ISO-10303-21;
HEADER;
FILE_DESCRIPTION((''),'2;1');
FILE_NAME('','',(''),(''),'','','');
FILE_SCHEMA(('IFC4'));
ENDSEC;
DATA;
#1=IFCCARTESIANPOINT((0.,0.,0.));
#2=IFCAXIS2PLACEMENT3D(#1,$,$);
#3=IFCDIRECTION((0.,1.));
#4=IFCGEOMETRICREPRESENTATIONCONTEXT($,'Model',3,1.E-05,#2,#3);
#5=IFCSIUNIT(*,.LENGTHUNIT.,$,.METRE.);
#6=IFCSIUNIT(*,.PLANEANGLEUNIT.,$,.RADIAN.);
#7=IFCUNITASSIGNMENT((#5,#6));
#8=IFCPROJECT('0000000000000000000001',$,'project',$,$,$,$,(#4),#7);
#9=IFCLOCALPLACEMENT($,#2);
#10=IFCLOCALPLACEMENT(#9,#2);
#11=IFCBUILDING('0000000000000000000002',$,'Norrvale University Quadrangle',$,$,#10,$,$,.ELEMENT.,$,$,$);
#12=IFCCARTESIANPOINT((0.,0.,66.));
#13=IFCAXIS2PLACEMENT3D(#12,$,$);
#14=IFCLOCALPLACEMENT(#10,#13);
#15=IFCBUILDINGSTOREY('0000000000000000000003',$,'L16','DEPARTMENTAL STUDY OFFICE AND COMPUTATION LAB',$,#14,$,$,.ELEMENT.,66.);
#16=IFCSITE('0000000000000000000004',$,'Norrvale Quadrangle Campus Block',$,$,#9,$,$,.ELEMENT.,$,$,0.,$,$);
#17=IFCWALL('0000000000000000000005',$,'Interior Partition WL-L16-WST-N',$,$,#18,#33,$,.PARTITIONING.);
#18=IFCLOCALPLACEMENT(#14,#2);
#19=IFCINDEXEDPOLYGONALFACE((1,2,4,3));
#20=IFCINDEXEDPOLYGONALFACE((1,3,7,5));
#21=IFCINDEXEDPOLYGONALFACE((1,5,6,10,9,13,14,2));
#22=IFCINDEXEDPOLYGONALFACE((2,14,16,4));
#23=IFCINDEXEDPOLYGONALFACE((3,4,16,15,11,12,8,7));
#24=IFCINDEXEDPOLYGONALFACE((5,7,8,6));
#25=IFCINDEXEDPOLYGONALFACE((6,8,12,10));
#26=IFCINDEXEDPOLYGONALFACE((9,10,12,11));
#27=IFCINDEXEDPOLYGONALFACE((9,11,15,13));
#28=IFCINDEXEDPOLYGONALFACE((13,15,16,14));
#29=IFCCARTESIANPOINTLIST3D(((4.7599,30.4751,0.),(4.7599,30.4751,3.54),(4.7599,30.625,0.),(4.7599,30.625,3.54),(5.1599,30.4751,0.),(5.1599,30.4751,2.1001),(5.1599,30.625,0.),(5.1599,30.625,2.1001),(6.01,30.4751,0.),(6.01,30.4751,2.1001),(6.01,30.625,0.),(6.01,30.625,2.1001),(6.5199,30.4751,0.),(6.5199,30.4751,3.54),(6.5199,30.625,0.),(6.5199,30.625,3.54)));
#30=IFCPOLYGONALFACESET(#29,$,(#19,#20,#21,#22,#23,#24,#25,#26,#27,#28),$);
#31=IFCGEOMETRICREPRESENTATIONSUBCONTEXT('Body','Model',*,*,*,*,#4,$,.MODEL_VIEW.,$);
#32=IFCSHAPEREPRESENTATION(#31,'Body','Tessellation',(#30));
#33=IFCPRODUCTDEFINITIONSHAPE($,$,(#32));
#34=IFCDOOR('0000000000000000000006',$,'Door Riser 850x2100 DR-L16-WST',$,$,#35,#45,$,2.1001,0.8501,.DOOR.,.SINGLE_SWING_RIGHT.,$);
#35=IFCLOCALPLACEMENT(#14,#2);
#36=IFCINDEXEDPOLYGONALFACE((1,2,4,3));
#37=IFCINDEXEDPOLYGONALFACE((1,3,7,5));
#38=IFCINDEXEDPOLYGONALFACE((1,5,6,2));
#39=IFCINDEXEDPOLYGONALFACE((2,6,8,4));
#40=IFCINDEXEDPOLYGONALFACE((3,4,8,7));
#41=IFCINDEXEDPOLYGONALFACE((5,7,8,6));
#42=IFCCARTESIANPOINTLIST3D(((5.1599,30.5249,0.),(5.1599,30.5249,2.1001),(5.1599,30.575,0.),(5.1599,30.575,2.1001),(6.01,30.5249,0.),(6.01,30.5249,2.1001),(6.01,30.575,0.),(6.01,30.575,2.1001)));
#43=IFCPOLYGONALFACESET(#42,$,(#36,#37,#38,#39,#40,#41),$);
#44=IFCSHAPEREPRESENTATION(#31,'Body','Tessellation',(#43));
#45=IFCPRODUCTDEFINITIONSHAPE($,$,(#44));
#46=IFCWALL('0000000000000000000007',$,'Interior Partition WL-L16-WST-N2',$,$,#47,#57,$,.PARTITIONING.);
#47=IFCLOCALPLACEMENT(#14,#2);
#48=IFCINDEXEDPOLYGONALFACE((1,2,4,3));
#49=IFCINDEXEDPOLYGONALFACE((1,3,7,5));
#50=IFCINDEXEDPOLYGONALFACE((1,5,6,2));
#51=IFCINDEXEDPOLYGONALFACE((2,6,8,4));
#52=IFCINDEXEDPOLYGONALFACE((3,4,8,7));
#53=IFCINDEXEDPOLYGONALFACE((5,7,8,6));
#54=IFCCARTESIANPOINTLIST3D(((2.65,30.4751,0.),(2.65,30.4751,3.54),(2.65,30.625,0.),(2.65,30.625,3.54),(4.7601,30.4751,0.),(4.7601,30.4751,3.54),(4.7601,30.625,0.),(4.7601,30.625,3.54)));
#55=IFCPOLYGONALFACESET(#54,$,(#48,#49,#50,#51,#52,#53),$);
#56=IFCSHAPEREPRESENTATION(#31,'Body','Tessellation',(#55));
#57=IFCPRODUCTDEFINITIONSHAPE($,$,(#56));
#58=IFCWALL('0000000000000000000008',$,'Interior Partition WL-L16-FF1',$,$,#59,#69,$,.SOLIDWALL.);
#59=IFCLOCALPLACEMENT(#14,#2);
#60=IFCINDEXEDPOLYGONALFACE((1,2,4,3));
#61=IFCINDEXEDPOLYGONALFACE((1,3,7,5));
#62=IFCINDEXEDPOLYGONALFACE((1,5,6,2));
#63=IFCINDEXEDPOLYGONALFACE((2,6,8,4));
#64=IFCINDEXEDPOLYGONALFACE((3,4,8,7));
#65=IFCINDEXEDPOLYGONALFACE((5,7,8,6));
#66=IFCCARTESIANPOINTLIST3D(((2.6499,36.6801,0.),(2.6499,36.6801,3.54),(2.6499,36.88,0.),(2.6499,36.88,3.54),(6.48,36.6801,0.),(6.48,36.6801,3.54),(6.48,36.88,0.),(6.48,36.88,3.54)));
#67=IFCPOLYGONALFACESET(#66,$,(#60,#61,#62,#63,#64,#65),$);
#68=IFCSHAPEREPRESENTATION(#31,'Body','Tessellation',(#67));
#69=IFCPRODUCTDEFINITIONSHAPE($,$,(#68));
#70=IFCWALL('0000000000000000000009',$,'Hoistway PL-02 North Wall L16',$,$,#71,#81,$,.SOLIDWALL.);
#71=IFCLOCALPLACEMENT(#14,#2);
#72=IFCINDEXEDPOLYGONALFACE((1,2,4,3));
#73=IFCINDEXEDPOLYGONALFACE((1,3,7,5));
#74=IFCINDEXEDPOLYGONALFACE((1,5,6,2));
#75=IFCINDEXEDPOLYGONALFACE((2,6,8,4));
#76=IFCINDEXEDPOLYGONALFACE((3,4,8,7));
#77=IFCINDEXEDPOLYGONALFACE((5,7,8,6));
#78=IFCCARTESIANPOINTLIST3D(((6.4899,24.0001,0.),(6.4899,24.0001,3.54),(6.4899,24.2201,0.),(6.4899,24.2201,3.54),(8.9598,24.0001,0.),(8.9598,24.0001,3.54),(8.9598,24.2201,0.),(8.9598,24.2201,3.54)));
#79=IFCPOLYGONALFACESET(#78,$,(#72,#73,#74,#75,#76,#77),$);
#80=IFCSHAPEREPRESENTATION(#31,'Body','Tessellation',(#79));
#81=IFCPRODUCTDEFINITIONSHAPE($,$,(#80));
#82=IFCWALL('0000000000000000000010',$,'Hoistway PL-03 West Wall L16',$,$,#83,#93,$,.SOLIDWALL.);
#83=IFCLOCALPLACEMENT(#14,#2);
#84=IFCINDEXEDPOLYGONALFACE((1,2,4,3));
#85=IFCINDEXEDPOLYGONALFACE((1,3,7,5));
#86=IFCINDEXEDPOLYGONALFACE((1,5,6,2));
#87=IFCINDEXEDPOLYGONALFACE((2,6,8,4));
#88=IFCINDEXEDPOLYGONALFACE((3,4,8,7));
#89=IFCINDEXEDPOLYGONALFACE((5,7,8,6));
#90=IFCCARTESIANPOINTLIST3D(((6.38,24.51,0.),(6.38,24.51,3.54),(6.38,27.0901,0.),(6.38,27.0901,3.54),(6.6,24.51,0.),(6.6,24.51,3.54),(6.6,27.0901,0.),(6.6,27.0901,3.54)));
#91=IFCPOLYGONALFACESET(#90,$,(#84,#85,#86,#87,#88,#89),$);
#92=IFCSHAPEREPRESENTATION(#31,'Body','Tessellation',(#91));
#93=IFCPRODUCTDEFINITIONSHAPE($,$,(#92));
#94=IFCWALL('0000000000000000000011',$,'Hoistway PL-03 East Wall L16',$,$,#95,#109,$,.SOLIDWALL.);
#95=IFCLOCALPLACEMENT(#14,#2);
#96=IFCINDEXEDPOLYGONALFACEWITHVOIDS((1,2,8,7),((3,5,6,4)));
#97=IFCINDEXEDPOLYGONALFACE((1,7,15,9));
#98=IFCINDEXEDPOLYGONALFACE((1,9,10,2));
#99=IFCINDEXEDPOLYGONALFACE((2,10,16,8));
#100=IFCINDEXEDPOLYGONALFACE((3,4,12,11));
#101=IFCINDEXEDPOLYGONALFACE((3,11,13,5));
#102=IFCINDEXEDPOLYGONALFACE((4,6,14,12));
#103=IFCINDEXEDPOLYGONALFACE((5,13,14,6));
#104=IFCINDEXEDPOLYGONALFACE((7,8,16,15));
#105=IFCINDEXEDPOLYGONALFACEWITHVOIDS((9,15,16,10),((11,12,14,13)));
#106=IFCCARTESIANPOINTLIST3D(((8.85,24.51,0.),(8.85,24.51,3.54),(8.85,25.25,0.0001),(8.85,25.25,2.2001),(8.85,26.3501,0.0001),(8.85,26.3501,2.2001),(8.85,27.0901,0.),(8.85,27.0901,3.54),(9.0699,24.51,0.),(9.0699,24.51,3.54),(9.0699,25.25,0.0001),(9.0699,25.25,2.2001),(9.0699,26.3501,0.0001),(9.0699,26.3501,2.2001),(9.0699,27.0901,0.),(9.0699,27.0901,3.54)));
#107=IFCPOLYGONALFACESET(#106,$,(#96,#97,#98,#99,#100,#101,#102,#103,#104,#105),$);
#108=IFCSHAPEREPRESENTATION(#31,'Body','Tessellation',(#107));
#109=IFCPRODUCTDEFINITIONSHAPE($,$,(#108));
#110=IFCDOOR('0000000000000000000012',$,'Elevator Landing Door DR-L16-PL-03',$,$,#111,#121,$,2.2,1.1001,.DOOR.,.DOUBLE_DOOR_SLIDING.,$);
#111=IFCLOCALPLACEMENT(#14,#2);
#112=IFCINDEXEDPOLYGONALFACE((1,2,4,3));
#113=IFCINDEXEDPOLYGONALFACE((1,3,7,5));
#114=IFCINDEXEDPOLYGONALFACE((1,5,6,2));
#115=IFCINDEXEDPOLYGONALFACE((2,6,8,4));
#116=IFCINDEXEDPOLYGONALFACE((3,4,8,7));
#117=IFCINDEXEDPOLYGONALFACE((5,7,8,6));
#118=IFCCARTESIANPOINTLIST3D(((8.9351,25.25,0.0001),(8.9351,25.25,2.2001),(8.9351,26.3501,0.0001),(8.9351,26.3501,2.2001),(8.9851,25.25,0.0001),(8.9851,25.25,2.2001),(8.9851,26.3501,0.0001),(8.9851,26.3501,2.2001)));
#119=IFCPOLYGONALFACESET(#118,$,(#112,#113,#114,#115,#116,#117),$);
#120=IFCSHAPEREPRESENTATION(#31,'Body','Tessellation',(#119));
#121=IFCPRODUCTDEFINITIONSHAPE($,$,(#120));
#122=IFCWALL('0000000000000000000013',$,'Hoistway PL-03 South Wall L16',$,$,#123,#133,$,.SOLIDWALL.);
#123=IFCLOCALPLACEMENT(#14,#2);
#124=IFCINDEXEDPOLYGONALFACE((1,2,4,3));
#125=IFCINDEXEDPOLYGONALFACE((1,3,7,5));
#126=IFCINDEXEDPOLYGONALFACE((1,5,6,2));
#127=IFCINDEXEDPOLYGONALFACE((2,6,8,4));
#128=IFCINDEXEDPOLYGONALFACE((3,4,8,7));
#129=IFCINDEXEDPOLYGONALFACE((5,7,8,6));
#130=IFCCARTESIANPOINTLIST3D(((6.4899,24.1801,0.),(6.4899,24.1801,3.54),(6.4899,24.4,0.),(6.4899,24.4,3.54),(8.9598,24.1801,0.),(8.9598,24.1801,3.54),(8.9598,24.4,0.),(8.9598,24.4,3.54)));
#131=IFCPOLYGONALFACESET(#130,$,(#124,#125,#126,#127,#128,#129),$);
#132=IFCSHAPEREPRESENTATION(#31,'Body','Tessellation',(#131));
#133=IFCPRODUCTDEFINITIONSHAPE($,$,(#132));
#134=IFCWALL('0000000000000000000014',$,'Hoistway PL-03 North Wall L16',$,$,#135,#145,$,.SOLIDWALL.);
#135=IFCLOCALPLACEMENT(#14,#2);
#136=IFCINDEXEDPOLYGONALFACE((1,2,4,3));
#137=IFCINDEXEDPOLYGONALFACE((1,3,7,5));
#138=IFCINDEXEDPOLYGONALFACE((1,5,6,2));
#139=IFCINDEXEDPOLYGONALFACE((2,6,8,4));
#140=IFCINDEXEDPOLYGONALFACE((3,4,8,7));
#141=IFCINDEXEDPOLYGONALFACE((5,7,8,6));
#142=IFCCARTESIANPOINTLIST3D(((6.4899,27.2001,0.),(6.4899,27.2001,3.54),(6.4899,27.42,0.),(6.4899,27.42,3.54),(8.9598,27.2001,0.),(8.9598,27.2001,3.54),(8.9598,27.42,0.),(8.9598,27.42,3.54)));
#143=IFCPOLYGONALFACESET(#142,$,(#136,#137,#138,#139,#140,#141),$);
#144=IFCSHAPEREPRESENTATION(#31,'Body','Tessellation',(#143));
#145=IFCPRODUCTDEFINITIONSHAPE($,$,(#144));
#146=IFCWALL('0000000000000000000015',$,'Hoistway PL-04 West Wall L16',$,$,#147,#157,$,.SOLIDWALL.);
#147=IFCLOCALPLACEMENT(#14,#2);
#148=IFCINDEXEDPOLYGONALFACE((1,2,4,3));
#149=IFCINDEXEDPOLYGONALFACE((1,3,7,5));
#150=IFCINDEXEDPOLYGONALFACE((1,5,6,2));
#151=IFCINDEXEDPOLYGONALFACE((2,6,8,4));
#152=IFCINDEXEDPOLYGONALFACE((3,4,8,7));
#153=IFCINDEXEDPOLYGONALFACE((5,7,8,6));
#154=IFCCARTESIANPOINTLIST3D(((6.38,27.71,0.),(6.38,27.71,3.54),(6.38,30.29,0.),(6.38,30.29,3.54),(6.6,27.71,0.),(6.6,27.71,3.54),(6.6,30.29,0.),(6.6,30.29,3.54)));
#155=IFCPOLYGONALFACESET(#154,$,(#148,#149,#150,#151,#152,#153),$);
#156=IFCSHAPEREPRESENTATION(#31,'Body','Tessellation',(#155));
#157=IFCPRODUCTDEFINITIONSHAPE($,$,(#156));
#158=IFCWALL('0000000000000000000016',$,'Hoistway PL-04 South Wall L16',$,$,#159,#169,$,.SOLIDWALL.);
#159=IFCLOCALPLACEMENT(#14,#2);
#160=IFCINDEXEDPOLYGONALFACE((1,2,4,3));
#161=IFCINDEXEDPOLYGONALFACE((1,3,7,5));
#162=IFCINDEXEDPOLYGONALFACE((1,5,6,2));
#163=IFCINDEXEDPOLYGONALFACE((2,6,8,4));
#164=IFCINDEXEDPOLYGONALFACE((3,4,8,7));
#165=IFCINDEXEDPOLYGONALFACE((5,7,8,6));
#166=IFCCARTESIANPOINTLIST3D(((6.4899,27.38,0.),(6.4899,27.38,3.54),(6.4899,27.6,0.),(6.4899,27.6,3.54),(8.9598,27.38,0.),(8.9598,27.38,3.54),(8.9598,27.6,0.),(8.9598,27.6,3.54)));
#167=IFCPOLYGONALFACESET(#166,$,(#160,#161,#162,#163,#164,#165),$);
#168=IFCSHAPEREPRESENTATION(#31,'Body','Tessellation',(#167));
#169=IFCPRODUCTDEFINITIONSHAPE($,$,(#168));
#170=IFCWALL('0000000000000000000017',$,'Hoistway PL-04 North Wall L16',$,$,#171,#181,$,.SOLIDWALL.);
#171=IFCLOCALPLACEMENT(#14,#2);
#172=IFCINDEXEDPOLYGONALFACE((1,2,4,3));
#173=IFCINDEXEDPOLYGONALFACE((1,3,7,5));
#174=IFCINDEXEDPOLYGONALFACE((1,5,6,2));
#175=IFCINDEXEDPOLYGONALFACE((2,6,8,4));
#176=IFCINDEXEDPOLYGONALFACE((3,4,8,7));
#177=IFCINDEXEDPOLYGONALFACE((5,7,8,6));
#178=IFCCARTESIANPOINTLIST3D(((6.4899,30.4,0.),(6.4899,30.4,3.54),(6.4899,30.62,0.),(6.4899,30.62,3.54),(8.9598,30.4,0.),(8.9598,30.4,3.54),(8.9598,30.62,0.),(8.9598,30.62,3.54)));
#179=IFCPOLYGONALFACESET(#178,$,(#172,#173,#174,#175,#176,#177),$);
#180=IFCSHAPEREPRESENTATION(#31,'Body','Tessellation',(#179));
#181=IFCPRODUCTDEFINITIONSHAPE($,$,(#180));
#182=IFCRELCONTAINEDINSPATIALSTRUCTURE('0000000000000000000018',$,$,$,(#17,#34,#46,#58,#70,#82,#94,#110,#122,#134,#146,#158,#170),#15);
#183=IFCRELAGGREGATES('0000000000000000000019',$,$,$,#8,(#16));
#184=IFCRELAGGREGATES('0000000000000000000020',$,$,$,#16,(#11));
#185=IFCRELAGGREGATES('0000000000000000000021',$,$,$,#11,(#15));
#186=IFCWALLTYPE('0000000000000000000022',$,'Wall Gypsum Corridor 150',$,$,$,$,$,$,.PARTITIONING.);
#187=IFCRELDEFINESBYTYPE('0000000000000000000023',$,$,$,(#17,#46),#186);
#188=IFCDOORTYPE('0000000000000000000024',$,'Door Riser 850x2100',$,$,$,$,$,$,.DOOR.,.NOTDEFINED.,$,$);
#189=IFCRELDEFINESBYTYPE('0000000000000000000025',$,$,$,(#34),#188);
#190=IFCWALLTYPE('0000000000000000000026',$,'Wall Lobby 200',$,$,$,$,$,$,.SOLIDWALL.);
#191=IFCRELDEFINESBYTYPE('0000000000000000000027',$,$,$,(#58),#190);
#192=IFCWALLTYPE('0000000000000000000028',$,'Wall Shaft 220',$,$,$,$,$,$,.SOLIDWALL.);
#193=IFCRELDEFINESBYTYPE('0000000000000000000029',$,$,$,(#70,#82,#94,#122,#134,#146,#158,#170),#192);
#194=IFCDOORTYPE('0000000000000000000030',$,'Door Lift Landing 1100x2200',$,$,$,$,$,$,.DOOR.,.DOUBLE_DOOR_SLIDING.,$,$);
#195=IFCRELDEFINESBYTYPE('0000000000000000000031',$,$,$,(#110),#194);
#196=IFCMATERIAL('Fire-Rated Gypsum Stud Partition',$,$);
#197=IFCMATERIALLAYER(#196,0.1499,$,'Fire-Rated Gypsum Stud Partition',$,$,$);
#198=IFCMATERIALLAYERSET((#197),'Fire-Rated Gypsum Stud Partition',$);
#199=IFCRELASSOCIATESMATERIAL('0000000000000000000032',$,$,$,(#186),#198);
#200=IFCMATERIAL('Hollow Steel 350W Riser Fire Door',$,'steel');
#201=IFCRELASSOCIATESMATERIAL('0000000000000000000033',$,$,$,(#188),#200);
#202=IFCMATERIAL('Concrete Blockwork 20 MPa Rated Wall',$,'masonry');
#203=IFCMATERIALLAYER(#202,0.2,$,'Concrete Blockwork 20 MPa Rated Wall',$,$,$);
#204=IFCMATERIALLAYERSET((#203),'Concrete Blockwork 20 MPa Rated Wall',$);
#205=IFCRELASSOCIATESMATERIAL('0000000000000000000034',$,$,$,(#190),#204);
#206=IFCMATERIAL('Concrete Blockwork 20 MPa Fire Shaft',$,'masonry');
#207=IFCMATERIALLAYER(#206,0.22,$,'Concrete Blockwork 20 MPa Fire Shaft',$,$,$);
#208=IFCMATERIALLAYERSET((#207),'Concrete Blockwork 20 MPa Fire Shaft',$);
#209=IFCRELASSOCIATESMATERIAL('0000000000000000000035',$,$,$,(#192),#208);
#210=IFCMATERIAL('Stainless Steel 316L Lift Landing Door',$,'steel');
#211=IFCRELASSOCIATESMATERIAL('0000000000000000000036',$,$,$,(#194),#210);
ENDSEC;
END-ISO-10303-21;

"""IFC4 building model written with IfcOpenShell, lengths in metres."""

from ifc_helpers import new_model, si_unit, direction, frame, frame_2d, origin, place, context, subcontext, project, spatial, rectangle, extrude, material, layer, layer_set, type_object, element, fill, save


model = new_model("IFC4")

# Units and contexts
model_context = context("Model", 3, precision=1e-05, world=origin(), true_north=direction((0.0, 1.0)))
body_context = subcontext(model_context, "Body", "Model", "MODEL_VIEW")
ifc_project = project(units=[si_unit("LENGTHUNIT", "METRE"), si_unit("PLANEANGLEUNIT", "RADIAN")], contexts=[model_context])

# Site, building, storey
site_placement = place(None, origin())
site = spatial("IfcSite", under=ifc_project, at=site_placement, Name="Norrvale Quadrangle Campus Block", CompositionType="ELEMENT", RefElevation=0.0)
building_placement = place(site_placement, origin())
building = spatial("IfcBuilding", under=site, at=building_placement, Name="Norrvale University Quadrangle", CompositionType="ELEMENT")
storey_placement = place(building_placement, frame((0.0, 0.0, 66.0)))
storey = spatial("IfcBuildingStorey", under=building, at=storey_placement, Name="L16", Description="DEPARTMENTAL STUDY OFFICE AND COMPUTATION LAB", CompositionType="ELEMENT", Elevation=66.0)

# Wall, opening, door
ifc_material_1 = material(Name="Fire-Rated Gypsum Stud Partition")
ifc_layer_1 = layer(ifc_material_1, 0.1499, Name="Fire-Rated Gypsum Stud Partition")
ifc_layer_set_1 = layer_set([ifc_layer_1], Name="Fire-Rated Gypsum Stud Partition")
wall_type_1 = type_object("IfcWallType", Name="Wall Gypsum Corridor 150", PredefinedType="PARTITIONING", material=ifc_layer_set_1)
ifc_material_2 = material(Name="Hollow Steel 350W Riser Fire Door", Category="steel")
door_type_1 = type_object("IfcDoorType", Name="Door Riser 850x2100", OperationType="NOTDEFINED", PredefinedType="DOOR", material=ifc_material_2)
wall_1_placement = place(storey_placement, frame((4.76, 30.55, 0.0), z_axis=(0.0, 0.0, 1.0), x_axis=(1.0, 0.0, 0.0)))
wall_1 = element("IfcWall", 1, at=wall_1_placement, inside=storey, type_object=wall_type_1, Name="Interior Partition WL-L16-WST-N", PredefinedType="PARTITIONING", context=body_context, shape_type="SweptSolid", body=[
    extrude(rectangle(XDim=1.76, YDim=0.1499, at=frame_2d((0.8799, 0.0))), origin(), (0.0, 0.0, 1.0), 3.54),
])
opening_1_placement = place(wall_1_placement, frame((0.3999, 0.0, 0.0)))
opening_1 = element("IfcOpeningElement", 2, at=opening_1_placement, cuts=wall_1, PredefinedType="OPENING", context=body_context, shape_type="SweptSolid", body=[
    extrude(rectangle(XDim=0.8501, YDim=2.1001, at=frame_2d((0.425, 1.05))), frame((0.0, 0.0869, 0.0), z_axis=(0.0, -1.0, 0.0), x_axis=(1.0, 0.0, 0.0)), (0.0, 0.0, 1.0), 0.1738),
])
door_1_placement = place(opening_1_placement, origin())
door_1 = element("IfcDoor", 3, at=door_1_placement, inside=storey, type_object=door_type_1, Name="Door Riser 850x2100 DR-L16-WST", OperationType="SINGLE_SWING_RIGHT", OverallHeight=2.1001, OverallWidth=0.8501, PredefinedType="DOOR", context=body_context, shape_type="SweptSolid", body=[
    extrude(rectangle(XDim=0.8501, YDim=2.1001, at=frame_2d((0.425, 1.05))), frame((0.0, 0.0249, 0.0), z_axis=(0.0, -1.0, 0.0), x_axis=(1.0, 0.0, 0.0)), (0.0, 0.0, 1.0), 0.05),
])
fill(opening_1, door_1)

# Walls
wall_2_placement = place(storey_placement, frame((2.6499, 30.55, 0.0), z_axis=(0.0, 0.0, 1.0), x_axis=(1.0, 0.0, 0.0)))
element("IfcWall", 4, at=wall_2_placement, inside=storey, type_object=wall_type_1, Name="Interior Partition WL-L16-WST-N2", PredefinedType="PARTITIONING", context=body_context, shape_type="SweptSolid", body=[
    extrude(rectangle(XDim=2.1101, YDim=0.1499, at=frame_2d((1.0552, 0.0))), origin(), (0.0, 0.0, 1.0), 3.54),
])
ifc_material_3 = material(Name="Concrete Blockwork 20 MPa Rated Wall", Category="masonry")
ifc_layer_2 = layer(ifc_material_3, 0.2, Name="Concrete Blockwork 20 MPa Rated Wall")
ifc_layer_set_2 = layer_set([ifc_layer_2], Name="Concrete Blockwork 20 MPa Rated Wall")
wall_type_2 = type_object("IfcWallType", Name="Wall Lobby 200", PredefinedType="SOLIDWALL", material=ifc_layer_set_2)
wall_3_placement = place(storey_placement, frame((2.6499, 36.78, 0.0), z_axis=(0.0, 0.0, 1.0), x_axis=(1.0, 0.0, 0.0)))
element("IfcWall", 5, at=wall_3_placement, inside=storey, type_object=wall_type_2, Name="Interior Partition WL-L16-FF1", PredefinedType="SOLIDWALL", context=body_context, shape_type="SweptSolid", body=[
    extrude(rectangle(XDim=3.8301, YDim=0.2, at=frame_2d((1.915, 0.0))), origin(), (0.0, 0.0, 1.0), 3.54),
])
ifc_material_4 = material(Name="Concrete Blockwork 20 MPa Fire Shaft", Category="masonry")
ifc_layer_3 = layer(ifc_material_4, 0.22, Name="Concrete Blockwork 20 MPa Fire Shaft")
ifc_layer_set_3 = layer_set([ifc_layer_3], Name="Concrete Blockwork 20 MPa Fire Shaft")
wall_type_3 = type_object("IfcWallType", Name="Wall Shaft 220", PredefinedType="SOLIDWALL", material=ifc_layer_set_3)
wall_4_placement = place(storey_placement, frame((6.49, 24.1101, 0.0), z_axis=(0.0, 0.0, 1.0), x_axis=(1.0, 0.0, 0.0)))
element("IfcWall", 6, at=wall_4_placement, inside=storey, type_object=wall_type_3, Name="Hoistway PL-02 North Wall L16", PredefinedType="SOLIDWALL", context=body_context, shape_type="SweptSolid", body=[
    extrude(rectangle(XDim=2.47, YDim=0.22, at=frame_2d((1.2349, 0.0))), origin(), (0.0, 0.0, 1.0), 3.54),
])
wall_5_placement = place(storey_placement, frame((6.49, 24.51, 0.0), z_axis=(0.0, 0.0, 1.0), x_axis=(0.0, 1.0, 0.0)))
element("IfcWall", 7, at=wall_5_placement, inside=storey, type_object=wall_type_3, Name="Hoistway PL-03 West Wall L16", PredefinedType="SOLIDWALL", context=body_context, shape_type="SweptSolid", body=[
    extrude(rectangle(XDim=2.5801, YDim=0.22, at=frame_2d((1.29, 0.0))), origin(), (0.0, 0.0, 1.0), 3.54),
])

# Wall, opening, door
wall_6_placement = place(storey_placement, frame((8.96, 24.51, 0.0), z_axis=(0.0, 0.0, 1.0), x_axis=(0.0, 1.0, 0.0)))
wall_6 = element("IfcWall", 8, at=wall_6_placement, inside=storey, type_object=wall_type_3, Name="Hoistway PL-03 East Wall L16", PredefinedType="SOLIDWALL", context=body_context, shape_type="SweptSolid", body=[
    extrude(rectangle(XDim=2.5801, YDim=0.22, at=frame_2d((1.29, 0.0))), origin(), (0.0, 0.0, 1.0), 3.54),
])
opening_2_placement = place(wall_6_placement, frame((0.74, 0.0, 0.0)))
opening_2 = element("IfcOpeningElement", 9, at=opening_2_placement, cuts=wall_6, PredefinedType="OPENING", context=body_context, shape_type="SweptSolid", body=[
    extrude(rectangle(XDim=1.1001, YDim=2.2, at=frame_2d((0.55, 1.1001))), frame((0.0, 0.1221, 0.0), z_axis=(0.0, -1.0, 0.0), x_axis=(1.0, 0.0, 0.0)), (0.0, 0.0, 1.0), 0.2439),
])
ifc_material_5 = material(Name="Stainless Steel 316L Lift Landing Door", Category="steel")
door_type_2 = type_object("IfcDoorType", Name="Door Lift Landing 1100x2200", OperationType="DOUBLE_DOOR_SLIDING", PredefinedType="DOOR", material=ifc_material_5)
door_2_placement = place(opening_2_placement, origin())
door_2 = element("IfcDoor", 10, at=door_2_placement, inside=storey, type_object=door_type_2, Name="Elevator Landing Door DR-L16-PL-03", OperationType="DOUBLE_DOOR_SLIDING", OverallHeight=2.2, OverallWidth=1.1001, PredefinedType="DOOR", context=body_context, shape_type="SweptSolid", body=[
    extrude(rectangle(XDim=1.1001, YDim=2.2, at=frame_2d((0.55, 1.1001))), frame((0.0, 0.0249, 0.0), z_axis=(0.0, -1.0, 0.0), x_axis=(1.0, 0.0, 0.0)), (0.0, 0.0, 1.0), 0.05),
])
fill(opening_2, door_2)

# Walls
for number, where, z_axis, x_axis, name in (
    (11, (6.49, 24.29, 0.0), (0.0, 0.0, 1.0), (1.0, 0.0, 0.0), "Hoistway PL-03 South Wall L16"),
    (12, (6.49, 27.3101, 0.0), (0.0, 0.0, 1.0), (1.0, 0.0, 0.0), "Hoistway PL-03 North Wall L16"),
):
    element("IfcWall", number, at=place(storey_placement, frame(where, z_axis=z_axis, x_axis=x_axis)), inside=storey, type_object=wall_type_3, Name=name, PredefinedType="SOLIDWALL", context=body_context, shape_type="SweptSolid", body=[
        extrude(rectangle(XDim=2.47, YDim=0.22, at=frame_2d((1.2349, 0.0))), origin(), (0.0, 0.0, 1.0), 3.54),
    ])
wall_7_placement = place(storey_placement, frame((6.49, 27.71, 0.0), z_axis=(0.0, 0.0, 1.0), x_axis=(0.0, 1.0, 0.0)))
element("IfcWall", 13, at=wall_7_placement, inside=storey, type_object=wall_type_3, Name="Hoistway PL-04 West Wall L16", PredefinedType="SOLIDWALL", context=body_context, shape_type="SweptSolid", body=[
    extrude(rectangle(XDim=2.5801, YDim=0.22, at=frame_2d((1.29, 0.0))), origin(), (0.0, 0.0, 1.0), 3.54),
])
for number, where, z_axis, x_axis, name in (
    (14, (6.49, 27.49, 0.0), (0.0, 0.0, 1.0), (1.0, 0.0, 0.0), "Hoistway PL-04 South Wall L16"),
    (15, (6.49, 30.51, 0.0), (0.0, 0.0, 1.0), (1.0, 0.0, 0.0), "Hoistway PL-04 North Wall L16"),
):
    element("IfcWall", number, at=place(storey_placement, frame(where, z_axis=z_axis, x_axis=x_axis)), inside=storey, type_object=wall_type_3, Name=name, PredefinedType="SOLIDWALL", context=body_context, shape_type="SweptSolid", body=[
        extrude(rectangle(XDim=2.47, YDim=0.22, at=frame_2d((1.2349, 0.0))), origin(), (0.0, 0.0, 1.0), 3.54),
    ])

save(model, "model.ifc")
